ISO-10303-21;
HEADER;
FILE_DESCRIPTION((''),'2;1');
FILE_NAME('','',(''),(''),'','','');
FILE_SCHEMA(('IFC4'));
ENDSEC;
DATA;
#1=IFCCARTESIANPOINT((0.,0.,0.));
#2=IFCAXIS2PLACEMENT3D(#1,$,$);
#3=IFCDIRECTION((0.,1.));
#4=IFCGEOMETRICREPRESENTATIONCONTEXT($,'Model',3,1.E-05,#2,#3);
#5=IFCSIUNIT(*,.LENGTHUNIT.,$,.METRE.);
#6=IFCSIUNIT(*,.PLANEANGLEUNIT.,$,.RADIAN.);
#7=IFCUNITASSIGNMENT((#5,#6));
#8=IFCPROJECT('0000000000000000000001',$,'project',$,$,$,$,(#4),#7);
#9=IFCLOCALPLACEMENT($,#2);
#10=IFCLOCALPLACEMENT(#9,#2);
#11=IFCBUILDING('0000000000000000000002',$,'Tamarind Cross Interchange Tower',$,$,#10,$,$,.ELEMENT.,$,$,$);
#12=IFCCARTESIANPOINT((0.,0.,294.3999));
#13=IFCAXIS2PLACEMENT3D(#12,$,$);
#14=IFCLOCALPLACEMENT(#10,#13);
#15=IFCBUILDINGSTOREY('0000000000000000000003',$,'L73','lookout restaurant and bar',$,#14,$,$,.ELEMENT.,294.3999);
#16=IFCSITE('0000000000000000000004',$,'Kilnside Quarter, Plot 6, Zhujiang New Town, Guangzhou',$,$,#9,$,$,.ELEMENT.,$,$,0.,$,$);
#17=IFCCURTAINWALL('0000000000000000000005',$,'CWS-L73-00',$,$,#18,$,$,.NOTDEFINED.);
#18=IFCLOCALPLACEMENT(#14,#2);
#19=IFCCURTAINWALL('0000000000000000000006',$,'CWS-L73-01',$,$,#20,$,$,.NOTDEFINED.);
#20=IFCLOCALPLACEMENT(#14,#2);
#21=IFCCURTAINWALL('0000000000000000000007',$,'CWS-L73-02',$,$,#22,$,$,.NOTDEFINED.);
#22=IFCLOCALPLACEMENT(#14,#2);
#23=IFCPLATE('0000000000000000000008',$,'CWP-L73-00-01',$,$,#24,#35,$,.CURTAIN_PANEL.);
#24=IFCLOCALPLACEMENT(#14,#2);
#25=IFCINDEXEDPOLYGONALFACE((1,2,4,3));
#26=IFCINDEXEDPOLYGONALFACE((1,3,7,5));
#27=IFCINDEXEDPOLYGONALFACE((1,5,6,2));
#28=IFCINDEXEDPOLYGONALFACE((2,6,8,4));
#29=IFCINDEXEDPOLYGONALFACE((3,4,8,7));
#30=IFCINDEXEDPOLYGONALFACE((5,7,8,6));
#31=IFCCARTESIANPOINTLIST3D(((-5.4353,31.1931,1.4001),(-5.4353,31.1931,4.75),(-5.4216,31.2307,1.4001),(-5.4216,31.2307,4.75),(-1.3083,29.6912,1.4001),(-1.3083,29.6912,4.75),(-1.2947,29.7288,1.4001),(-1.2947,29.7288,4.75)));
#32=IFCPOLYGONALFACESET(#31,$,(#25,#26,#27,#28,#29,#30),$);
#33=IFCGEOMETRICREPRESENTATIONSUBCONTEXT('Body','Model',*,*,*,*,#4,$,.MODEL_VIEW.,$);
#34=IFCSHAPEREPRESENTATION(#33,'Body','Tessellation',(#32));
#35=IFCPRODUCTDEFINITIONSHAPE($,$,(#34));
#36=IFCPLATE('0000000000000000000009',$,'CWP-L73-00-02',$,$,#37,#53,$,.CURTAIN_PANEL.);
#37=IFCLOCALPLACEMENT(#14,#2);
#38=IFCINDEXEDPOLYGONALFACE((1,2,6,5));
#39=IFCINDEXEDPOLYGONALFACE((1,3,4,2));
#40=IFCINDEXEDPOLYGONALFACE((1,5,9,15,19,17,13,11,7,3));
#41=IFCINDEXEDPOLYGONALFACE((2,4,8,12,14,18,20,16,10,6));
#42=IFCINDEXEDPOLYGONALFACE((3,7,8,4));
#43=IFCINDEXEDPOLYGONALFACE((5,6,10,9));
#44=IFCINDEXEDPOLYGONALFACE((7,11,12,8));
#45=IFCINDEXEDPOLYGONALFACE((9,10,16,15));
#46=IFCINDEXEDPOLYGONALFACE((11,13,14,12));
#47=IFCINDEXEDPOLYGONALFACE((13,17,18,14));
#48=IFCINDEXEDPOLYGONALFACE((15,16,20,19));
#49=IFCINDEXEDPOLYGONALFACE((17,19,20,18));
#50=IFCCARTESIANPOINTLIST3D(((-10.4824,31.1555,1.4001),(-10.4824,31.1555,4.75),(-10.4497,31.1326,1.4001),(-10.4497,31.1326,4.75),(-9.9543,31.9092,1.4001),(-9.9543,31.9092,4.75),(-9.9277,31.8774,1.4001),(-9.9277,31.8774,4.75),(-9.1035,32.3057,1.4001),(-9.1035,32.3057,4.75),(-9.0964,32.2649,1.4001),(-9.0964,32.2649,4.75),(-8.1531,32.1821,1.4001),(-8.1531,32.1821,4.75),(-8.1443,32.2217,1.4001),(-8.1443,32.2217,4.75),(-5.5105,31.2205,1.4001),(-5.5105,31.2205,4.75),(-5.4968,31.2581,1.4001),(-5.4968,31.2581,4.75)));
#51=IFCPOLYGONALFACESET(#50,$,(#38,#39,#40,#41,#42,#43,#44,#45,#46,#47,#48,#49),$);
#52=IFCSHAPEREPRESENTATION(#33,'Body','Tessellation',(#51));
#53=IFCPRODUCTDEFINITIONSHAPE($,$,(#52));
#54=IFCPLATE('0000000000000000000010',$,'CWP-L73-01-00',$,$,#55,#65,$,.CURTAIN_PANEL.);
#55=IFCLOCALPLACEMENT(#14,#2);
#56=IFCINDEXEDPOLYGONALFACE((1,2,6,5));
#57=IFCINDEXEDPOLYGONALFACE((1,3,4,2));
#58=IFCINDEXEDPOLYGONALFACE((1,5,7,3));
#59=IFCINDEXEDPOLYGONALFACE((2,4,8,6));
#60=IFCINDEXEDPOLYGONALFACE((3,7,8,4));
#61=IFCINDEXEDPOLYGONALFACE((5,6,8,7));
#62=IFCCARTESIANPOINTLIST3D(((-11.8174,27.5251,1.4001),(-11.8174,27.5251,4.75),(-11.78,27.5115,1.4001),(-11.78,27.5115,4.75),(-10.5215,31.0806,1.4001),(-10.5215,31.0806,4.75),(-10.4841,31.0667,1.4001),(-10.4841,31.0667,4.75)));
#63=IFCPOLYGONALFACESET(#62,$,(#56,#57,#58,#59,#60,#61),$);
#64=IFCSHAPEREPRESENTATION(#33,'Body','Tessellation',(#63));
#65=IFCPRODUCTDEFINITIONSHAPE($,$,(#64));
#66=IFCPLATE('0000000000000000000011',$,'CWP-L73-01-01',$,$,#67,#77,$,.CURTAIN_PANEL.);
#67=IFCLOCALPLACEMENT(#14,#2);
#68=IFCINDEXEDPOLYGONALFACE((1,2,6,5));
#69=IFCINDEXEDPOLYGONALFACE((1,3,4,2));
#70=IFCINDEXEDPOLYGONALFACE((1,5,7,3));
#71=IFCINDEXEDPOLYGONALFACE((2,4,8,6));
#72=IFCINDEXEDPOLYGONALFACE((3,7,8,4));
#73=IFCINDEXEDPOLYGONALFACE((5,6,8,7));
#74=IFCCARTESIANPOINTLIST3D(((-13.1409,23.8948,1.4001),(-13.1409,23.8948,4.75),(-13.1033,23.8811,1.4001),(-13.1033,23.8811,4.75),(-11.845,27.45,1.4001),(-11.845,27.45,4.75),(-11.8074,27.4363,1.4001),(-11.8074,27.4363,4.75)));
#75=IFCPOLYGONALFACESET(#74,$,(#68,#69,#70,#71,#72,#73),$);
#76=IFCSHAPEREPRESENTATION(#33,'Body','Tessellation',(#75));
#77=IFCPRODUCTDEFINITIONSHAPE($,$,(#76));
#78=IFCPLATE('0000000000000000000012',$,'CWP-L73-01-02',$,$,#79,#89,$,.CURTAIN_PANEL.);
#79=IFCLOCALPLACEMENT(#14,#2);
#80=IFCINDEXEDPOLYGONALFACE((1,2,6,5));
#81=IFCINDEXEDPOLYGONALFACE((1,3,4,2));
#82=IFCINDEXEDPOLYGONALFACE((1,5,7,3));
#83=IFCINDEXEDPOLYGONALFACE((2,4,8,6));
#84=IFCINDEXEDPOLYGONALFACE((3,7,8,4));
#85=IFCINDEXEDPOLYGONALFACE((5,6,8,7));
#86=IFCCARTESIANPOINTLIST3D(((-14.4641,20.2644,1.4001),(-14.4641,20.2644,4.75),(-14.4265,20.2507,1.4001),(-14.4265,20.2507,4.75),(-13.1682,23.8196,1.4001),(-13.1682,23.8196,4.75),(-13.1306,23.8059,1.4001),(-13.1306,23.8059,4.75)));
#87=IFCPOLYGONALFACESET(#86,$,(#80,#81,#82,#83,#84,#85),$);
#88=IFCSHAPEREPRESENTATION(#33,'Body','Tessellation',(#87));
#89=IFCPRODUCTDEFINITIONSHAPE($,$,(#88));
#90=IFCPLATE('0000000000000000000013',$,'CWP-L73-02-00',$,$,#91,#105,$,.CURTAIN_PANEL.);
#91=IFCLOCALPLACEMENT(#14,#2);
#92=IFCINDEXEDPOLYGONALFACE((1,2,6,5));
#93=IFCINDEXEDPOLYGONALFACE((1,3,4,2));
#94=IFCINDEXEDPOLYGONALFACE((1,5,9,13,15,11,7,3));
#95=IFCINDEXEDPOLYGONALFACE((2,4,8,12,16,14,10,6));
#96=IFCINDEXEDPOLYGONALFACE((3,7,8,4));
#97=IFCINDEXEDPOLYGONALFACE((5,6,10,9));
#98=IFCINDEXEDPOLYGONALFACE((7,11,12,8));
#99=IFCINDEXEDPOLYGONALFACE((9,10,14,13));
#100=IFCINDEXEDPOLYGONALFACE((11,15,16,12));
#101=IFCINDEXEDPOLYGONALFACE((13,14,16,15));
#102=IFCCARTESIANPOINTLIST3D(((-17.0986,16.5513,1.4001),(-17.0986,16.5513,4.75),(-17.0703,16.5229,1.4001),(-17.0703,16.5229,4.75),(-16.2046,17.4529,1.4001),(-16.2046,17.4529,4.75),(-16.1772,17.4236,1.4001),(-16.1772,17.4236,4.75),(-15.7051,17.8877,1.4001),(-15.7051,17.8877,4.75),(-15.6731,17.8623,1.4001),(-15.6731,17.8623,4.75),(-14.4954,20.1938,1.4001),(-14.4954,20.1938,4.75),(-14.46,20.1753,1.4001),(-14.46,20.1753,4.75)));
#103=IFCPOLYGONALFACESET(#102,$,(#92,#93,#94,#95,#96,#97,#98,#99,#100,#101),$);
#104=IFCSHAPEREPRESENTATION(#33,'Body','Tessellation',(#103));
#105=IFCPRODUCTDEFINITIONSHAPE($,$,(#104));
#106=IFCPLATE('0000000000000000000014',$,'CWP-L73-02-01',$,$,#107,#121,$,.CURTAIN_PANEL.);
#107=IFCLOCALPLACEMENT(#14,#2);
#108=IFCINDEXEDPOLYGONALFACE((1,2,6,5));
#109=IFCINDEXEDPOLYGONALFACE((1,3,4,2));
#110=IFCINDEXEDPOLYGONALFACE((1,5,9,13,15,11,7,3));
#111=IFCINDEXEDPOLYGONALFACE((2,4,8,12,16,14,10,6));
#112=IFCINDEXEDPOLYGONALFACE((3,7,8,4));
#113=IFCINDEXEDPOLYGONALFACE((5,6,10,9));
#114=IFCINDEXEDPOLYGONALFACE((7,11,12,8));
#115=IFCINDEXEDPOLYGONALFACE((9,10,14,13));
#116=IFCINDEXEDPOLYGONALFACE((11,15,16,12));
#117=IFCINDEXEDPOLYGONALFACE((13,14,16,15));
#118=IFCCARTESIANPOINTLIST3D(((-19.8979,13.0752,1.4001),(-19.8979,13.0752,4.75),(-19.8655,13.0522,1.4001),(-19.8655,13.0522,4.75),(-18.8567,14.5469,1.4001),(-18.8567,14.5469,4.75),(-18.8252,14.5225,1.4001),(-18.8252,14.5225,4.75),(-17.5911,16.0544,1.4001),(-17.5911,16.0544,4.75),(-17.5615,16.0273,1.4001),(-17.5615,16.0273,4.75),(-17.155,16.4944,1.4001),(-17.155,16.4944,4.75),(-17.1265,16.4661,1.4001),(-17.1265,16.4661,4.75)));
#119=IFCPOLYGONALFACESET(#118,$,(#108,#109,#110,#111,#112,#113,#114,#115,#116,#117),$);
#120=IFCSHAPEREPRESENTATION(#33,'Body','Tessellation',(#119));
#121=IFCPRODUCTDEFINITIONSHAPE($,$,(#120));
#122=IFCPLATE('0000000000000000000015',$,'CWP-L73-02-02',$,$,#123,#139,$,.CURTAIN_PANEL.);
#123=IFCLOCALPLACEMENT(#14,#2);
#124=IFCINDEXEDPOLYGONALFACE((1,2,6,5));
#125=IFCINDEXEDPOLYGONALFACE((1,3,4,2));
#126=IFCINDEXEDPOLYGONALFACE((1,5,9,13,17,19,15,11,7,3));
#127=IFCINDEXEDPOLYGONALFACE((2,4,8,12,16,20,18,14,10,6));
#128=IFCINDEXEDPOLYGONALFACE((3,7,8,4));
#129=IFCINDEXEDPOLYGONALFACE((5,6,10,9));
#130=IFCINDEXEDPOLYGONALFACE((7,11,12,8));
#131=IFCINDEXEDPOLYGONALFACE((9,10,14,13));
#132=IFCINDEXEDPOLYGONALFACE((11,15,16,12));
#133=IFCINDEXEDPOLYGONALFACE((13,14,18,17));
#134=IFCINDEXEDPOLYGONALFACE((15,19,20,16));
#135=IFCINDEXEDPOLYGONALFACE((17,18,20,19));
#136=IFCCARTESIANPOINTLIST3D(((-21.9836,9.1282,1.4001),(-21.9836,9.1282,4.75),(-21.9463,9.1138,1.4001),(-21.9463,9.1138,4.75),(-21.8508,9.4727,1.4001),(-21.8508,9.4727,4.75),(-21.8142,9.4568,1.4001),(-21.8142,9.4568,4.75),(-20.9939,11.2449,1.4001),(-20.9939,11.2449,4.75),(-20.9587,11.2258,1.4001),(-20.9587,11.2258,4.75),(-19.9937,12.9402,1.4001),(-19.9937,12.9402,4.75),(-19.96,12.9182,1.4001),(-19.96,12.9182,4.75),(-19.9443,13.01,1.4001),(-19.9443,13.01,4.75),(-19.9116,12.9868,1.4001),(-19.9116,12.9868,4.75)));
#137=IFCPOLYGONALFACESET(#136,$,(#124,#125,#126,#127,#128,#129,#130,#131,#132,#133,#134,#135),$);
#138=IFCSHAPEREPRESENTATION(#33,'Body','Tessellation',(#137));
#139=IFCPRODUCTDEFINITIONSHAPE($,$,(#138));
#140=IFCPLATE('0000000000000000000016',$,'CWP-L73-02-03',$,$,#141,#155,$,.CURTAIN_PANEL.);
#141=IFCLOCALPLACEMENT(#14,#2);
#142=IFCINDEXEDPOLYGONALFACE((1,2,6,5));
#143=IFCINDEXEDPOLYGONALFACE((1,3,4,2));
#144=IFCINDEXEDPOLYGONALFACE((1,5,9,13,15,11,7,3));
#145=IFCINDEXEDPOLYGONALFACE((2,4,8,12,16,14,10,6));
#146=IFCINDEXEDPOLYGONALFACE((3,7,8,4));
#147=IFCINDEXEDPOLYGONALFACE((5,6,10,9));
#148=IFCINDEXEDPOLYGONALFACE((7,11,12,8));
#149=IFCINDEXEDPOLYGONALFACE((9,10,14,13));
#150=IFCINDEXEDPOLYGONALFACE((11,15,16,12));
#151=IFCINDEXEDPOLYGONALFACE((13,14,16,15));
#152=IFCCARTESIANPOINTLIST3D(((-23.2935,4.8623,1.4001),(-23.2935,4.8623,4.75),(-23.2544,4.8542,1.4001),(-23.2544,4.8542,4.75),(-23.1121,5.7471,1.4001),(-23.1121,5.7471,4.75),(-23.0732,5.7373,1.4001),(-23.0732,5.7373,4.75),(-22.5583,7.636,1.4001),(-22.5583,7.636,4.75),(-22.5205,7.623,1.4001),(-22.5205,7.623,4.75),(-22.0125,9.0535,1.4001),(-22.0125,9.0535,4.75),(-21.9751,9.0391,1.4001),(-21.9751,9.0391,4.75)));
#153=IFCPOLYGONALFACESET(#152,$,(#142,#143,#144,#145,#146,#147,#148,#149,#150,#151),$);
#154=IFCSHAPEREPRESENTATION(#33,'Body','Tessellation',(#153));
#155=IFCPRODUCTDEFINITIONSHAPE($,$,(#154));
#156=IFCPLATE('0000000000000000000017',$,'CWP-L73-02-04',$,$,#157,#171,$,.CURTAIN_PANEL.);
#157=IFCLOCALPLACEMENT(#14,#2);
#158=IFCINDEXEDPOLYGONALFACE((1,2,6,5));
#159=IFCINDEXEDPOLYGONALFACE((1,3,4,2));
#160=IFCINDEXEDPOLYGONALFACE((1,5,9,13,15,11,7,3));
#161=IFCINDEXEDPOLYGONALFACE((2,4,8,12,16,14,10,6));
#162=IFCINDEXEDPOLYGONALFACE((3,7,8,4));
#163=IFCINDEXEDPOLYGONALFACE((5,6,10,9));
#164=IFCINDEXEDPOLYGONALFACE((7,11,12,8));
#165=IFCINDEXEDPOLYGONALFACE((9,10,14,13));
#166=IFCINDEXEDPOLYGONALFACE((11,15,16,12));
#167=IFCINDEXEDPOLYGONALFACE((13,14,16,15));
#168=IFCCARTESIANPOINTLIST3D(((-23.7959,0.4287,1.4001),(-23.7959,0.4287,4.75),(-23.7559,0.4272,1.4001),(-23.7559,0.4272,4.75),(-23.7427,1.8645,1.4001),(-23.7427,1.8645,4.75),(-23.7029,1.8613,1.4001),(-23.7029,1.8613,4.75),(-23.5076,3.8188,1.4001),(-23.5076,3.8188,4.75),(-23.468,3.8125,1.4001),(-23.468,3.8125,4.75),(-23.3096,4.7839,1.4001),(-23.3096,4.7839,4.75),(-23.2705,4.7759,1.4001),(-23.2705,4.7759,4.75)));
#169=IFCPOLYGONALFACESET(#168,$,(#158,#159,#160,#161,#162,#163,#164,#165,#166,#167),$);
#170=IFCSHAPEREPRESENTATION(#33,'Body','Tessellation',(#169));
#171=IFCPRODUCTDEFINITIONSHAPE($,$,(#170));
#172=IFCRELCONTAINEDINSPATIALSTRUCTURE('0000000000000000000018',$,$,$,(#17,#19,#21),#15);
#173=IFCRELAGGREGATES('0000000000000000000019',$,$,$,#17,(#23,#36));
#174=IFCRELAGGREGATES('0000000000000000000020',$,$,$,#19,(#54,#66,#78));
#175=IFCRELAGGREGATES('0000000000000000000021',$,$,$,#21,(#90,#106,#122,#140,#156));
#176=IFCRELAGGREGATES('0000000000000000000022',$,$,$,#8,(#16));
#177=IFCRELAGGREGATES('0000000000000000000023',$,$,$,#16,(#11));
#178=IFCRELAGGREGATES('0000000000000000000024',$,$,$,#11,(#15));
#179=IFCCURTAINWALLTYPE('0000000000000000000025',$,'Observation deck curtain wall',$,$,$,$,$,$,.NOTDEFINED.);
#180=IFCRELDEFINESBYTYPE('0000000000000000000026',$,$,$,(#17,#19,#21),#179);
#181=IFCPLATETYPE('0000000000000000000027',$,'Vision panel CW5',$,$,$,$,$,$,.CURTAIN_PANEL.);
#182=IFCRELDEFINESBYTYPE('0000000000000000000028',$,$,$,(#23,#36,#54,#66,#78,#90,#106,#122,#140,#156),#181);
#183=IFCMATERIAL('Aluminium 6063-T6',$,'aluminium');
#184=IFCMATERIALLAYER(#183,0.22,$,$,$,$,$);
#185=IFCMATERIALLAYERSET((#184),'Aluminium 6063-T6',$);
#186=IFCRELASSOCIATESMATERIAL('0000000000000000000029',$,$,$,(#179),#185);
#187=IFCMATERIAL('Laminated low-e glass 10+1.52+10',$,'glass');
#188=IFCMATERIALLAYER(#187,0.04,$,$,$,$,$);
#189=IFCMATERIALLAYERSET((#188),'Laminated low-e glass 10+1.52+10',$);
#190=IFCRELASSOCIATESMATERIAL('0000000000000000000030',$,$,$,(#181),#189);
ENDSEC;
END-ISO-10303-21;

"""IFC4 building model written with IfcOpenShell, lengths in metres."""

from ifc_helpers import new_model, si_unit, direction, frame, origin, place, context, subcontext, project, spatial, polyline, outline, extrude, material, layer, layer_set, type_object, element, aggregate, save


model = new_model("IFC4")

# Units and contexts
model_context = context("Model", 3, precision=1e-05, world=origin(), true_north=direction((0.0, 1.0)))
body_context = subcontext(model_context, "Body", "Model", "MODEL_VIEW")
ifc_project = project(units=[si_unit("LENGTHUNIT", "METRE"), si_unit("PLANEANGLEUNIT", "RADIAN")], contexts=[model_context])

# Site, building, storey
site_placement = place(None, origin())
site = spatial("IfcSite", under=ifc_project, at=site_placement, Name="Kilnside Quarter, Plot 6, Zhujiang New Town, Guangzhou", CompositionType="ELEMENT", RefElevation=0.0)
building_placement = place(site_placement, origin())
building = spatial("IfcBuilding", under=site, at=building_placement, Name="Tamarind Cross Interchange Tower", CompositionType="ELEMENT")
storey_placement = place(building_placement, frame((0.0, 0.0, 294.3999)))
storey = spatial("IfcBuildingStorey", under=building, at=storey_placement, Name="L73", Description="lookout restaurant and bar", CompositionType="ELEMENT", Elevation=294.3999)

# Curtain walls
ifc_material_1 = material(Name="Aluminium 6063-T6", Category="aluminium")
ifc_layer_1 = layer(ifc_material_1, 0.22)
ifc_layer_set_1 = layer_set([ifc_layer_1], Name="Aluminium 6063-T6")
curtain_wall_type = type_object("IfcCurtainWallType", Name="Observation deck curtain wall", PredefinedType="NOTDEFINED", material=ifc_layer_set_1)
curtain_wall_1_placement = place(storey_placement, origin())
curtain_wall_1 = element("IfcCurtainWall", 1, at=curtain_wall_1_placement, inside=storey, type_object=curtain_wall_type, Name="CWS-L73-00", PredefinedType="NOTDEFINED")
curtain_wall_2_placement = place(storey_placement, origin())
curtain_wall_2 = element("IfcCurtainWall", 2, at=curtain_wall_2_placement, inside=storey, type_object=curtain_wall_type, Name="CWS-L73-01", PredefinedType="NOTDEFINED")

# Curtain wall
curtain_wall_3_placement = place(storey_placement, origin())
curtain_wall_3 = element("IfcCurtainWall", 3, at=curtain_wall_3_placement, inside=storey, type_object=curtain_wall_type, Name="CWS-L73-02", PredefinedType="NOTDEFINED")

# Plates
ifc_material_2 = material(Name="Laminated low-e glass 10+1.52+10", Category="glass")
ifc_layer_2 = layer(ifc_material_2, 0.04)
ifc_layer_set_2 = layer_set([ifc_layer_2], Name="Laminated low-e glass 10+1.52+10")
plate_type = type_object("IfcPlateType", Name="Vision panel CW5", PredefinedType="CURTAIN_PANEL", material=ifc_layer_set_2)
plate_1_placement = place(storey_placement, frame((0.0, 0.0, 1.4001)))
plate_1 = element("IfcPlate", 4, at=plate_1_placement, type_object=plate_type, Name="CWP-L73-00-01", PredefinedType="CURTAIN_PANEL", context=body_context, shape_type="SweptSolid", body=[
    extrude(outline(polyline([(-1.3083, 29.6912), (-5.4353, 31.1931), (-5.4216, 31.2307), (-1.2947, 29.7288), (-1.3083, 29.6912)])), origin(), (0.0, 0.0, 1.0), 3.3499),
])
plate_2_placement = place(storey_placement, frame((0.0, 0.0, 1.4001)))
plate_2 = element("IfcPlate", 5, at=plate_2_placement, type_object=plate_type, Name="CWP-L73-00-02", PredefinedType="CURTAIN_PANEL", context=body_context, shape_type="SweptSolid", body=[
    extrude(outline(polyline([(-5.5105, 31.2205), (-8.1531, 32.1821), (-9.0964, 32.2649), (-9.9277, 31.8774), (-10.4497, 31.1326), (-10.4824, 31.1555), (-9.9543, 31.9092), (-9.1035, 32.3057), (-8.1443, 32.2217), (-5.4968, 31.2581), (-5.5105, 31.2205)])), origin(), (0.0, 0.0, 1.0), 3.3499),
])
aggregate(curtain_wall_1, [plate_1, plate_2])
plate_3_placement = place(storey_placement, frame((0.0, 0.0, 1.4001)))
plate_3 = element("IfcPlate", 6, at=plate_3_placement, type_object=plate_type, Name="CWP-L73-01-00", PredefinedType="CURTAIN_PANEL", context=body_context, shape_type="SweptSolid", body=[
    extrude(outline(polyline([(-10.4841, 31.0667), (-11.78, 27.5115), (-11.8174, 27.5251), (-10.5215, 31.0806), (-10.4841, 31.0667)])), origin(), (0.0, 0.0, 1.0), 3.3499),
])
plate_4_placement = place(storey_placement, frame((0.0, 0.0, 1.4001)))
plate_4 = element("IfcPlate", 7, at=plate_4_placement, type_object=plate_type, Name="CWP-L73-01-01", PredefinedType="CURTAIN_PANEL", context=body_context, shape_type="SweptSolid", body=[
    extrude(outline(polyline([(-11.8074, 27.4363), (-13.1033, 23.8811), (-13.1409, 23.8948), (-11.845, 27.45), (-11.8074, 27.4363)])), origin(), (0.0, 0.0, 1.0), 3.3499),
])
plate_5_placement = place(storey_placement, frame((0.0, 0.0, 1.4001)))
plate_5 = element("IfcPlate", 8, at=plate_5_placement, type_object=plate_type, Name="CWP-L73-01-02", PredefinedType="CURTAIN_PANEL", context=body_context, shape_type="SweptSolid", body=[
    extrude(outline(polyline([(-13.1306, 23.8059), (-14.4265, 20.2507), (-14.4641, 20.2644), (-13.1682, 23.8196), (-13.1306, 23.8059)])), origin(), (0.0, 0.0, 1.0), 3.3499),
])
aggregate(curtain_wall_2, [plate_3, plate_4, plate_5])
plate_6_placement = place(storey_placement, frame((0.0, 0.0, 1.4001)))
plate_6 = element("IfcPlate", 9, at=plate_6_placement, type_object=plate_type, Name="CWP-L73-02-00", PredefinedType="CURTAIN_PANEL", context=body_context, shape_type="SweptSolid", body=[
    extrude(outline(polyline([(-14.46, 20.1753), (-15.6731, 17.8623), (-16.1772, 17.4236), (-17.0703, 16.5229), (-17.0986, 16.5513), (-16.2046, 17.4529), (-15.7051, 17.8877), (-14.4954, 20.1938), (-14.46, 20.1753)])), origin(), (0.0, 0.0, 1.0), 3.3499),
])
plate_7_placement = place(storey_placement, frame((0.0, 0.0, 1.4001)))
plate_7 = element("IfcPlate", 10, at=plate_7_placement, type_object=plate_type, Name="CWP-L73-02-01", PredefinedType="CURTAIN_PANEL", context=body_context, shape_type="SweptSolid", body=[
    extrude(outline(polyline([(-17.1265, 16.4661), (-17.5615, 16.0273), (-18.8252, 14.5225), (-19.8655, 13.0522), (-19.8979, 13.0752), (-18.8567, 14.5469), (-17.5911, 16.0544), (-17.155, 16.4944), (-17.1265, 16.4661)])), origin(), (0.0, 0.0, 1.0), 3.3499),
])
plate_8_placement = place(storey_placement, frame((0.0, 0.0, 1.4001)))
plate_8 = element("IfcPlate", 11, at=plate_8_placement, type_object=plate_type, Name="CWP-L73-02-02", PredefinedType="CURTAIN_PANEL", context=body_context, shape_type="SweptSolid", body=[
    extrude(outline(polyline([(-19.9116, 12.9868), (-19.96, 12.9182), (-20.9587, 11.2258), (-21.8142, 9.4568), (-21.9463, 9.1138), (-21.9836, 9.1282), (-21.8508, 9.4727), (-20.9939, 11.2449), (-19.9937, 12.9402), (-19.9443, 13.01), (-19.9116, 12.9868)])), origin(), (0.0, 0.0, 1.0), 3.3499),
])
plate_9_placement = place(storey_placement, frame((0.0, 0.0, 1.4001)))
plate_9 = element("IfcPlate", 12, at=plate_9_placement, type_object=plate_type, Name="CWP-L73-02-03", PredefinedType="CURTAIN_PANEL", context=body_context, shape_type="SweptSolid", body=[
    extrude(outline(polyline([(-21.9751, 9.0391), (-22.5205, 7.623), (-23.0732, 5.7373), (-23.2544, 4.8542), (-23.2935, 4.8623), (-23.1121, 5.7471), (-22.5583, 7.636), (-22.0125, 9.0535), (-21.9751, 9.0391)])), origin(), (0.0, 0.0, 1.0), 3.3499),
])
plate_10_placement = place(storey_placement, frame((0.0, 0.0, 1.4001)))
plate_10 = element("IfcPlate", 13, at=plate_10_placement, type_object=plate_type, Name="CWP-L73-02-04", PredefinedType="CURTAIN_PANEL", context=body_context, shape_type="SweptSolid", body=[
    extrude(outline(polyline([(-23.2705, 4.7759), (-23.468, 3.8125), (-23.7029, 1.8613), (-23.7559, 0.4272), (-23.7959, 0.4287), (-23.7427, 1.8645), (-23.5076, 3.8188), (-23.3096, 4.7839), (-23.2705, 4.7759)])), origin(), (0.0, 0.0, 1.0), 3.3499),
])
aggregate(curtain_wall_3, [plate_6, plate_7, plate_8, plate_9, plate_10])

save(model, "model.ifc")
